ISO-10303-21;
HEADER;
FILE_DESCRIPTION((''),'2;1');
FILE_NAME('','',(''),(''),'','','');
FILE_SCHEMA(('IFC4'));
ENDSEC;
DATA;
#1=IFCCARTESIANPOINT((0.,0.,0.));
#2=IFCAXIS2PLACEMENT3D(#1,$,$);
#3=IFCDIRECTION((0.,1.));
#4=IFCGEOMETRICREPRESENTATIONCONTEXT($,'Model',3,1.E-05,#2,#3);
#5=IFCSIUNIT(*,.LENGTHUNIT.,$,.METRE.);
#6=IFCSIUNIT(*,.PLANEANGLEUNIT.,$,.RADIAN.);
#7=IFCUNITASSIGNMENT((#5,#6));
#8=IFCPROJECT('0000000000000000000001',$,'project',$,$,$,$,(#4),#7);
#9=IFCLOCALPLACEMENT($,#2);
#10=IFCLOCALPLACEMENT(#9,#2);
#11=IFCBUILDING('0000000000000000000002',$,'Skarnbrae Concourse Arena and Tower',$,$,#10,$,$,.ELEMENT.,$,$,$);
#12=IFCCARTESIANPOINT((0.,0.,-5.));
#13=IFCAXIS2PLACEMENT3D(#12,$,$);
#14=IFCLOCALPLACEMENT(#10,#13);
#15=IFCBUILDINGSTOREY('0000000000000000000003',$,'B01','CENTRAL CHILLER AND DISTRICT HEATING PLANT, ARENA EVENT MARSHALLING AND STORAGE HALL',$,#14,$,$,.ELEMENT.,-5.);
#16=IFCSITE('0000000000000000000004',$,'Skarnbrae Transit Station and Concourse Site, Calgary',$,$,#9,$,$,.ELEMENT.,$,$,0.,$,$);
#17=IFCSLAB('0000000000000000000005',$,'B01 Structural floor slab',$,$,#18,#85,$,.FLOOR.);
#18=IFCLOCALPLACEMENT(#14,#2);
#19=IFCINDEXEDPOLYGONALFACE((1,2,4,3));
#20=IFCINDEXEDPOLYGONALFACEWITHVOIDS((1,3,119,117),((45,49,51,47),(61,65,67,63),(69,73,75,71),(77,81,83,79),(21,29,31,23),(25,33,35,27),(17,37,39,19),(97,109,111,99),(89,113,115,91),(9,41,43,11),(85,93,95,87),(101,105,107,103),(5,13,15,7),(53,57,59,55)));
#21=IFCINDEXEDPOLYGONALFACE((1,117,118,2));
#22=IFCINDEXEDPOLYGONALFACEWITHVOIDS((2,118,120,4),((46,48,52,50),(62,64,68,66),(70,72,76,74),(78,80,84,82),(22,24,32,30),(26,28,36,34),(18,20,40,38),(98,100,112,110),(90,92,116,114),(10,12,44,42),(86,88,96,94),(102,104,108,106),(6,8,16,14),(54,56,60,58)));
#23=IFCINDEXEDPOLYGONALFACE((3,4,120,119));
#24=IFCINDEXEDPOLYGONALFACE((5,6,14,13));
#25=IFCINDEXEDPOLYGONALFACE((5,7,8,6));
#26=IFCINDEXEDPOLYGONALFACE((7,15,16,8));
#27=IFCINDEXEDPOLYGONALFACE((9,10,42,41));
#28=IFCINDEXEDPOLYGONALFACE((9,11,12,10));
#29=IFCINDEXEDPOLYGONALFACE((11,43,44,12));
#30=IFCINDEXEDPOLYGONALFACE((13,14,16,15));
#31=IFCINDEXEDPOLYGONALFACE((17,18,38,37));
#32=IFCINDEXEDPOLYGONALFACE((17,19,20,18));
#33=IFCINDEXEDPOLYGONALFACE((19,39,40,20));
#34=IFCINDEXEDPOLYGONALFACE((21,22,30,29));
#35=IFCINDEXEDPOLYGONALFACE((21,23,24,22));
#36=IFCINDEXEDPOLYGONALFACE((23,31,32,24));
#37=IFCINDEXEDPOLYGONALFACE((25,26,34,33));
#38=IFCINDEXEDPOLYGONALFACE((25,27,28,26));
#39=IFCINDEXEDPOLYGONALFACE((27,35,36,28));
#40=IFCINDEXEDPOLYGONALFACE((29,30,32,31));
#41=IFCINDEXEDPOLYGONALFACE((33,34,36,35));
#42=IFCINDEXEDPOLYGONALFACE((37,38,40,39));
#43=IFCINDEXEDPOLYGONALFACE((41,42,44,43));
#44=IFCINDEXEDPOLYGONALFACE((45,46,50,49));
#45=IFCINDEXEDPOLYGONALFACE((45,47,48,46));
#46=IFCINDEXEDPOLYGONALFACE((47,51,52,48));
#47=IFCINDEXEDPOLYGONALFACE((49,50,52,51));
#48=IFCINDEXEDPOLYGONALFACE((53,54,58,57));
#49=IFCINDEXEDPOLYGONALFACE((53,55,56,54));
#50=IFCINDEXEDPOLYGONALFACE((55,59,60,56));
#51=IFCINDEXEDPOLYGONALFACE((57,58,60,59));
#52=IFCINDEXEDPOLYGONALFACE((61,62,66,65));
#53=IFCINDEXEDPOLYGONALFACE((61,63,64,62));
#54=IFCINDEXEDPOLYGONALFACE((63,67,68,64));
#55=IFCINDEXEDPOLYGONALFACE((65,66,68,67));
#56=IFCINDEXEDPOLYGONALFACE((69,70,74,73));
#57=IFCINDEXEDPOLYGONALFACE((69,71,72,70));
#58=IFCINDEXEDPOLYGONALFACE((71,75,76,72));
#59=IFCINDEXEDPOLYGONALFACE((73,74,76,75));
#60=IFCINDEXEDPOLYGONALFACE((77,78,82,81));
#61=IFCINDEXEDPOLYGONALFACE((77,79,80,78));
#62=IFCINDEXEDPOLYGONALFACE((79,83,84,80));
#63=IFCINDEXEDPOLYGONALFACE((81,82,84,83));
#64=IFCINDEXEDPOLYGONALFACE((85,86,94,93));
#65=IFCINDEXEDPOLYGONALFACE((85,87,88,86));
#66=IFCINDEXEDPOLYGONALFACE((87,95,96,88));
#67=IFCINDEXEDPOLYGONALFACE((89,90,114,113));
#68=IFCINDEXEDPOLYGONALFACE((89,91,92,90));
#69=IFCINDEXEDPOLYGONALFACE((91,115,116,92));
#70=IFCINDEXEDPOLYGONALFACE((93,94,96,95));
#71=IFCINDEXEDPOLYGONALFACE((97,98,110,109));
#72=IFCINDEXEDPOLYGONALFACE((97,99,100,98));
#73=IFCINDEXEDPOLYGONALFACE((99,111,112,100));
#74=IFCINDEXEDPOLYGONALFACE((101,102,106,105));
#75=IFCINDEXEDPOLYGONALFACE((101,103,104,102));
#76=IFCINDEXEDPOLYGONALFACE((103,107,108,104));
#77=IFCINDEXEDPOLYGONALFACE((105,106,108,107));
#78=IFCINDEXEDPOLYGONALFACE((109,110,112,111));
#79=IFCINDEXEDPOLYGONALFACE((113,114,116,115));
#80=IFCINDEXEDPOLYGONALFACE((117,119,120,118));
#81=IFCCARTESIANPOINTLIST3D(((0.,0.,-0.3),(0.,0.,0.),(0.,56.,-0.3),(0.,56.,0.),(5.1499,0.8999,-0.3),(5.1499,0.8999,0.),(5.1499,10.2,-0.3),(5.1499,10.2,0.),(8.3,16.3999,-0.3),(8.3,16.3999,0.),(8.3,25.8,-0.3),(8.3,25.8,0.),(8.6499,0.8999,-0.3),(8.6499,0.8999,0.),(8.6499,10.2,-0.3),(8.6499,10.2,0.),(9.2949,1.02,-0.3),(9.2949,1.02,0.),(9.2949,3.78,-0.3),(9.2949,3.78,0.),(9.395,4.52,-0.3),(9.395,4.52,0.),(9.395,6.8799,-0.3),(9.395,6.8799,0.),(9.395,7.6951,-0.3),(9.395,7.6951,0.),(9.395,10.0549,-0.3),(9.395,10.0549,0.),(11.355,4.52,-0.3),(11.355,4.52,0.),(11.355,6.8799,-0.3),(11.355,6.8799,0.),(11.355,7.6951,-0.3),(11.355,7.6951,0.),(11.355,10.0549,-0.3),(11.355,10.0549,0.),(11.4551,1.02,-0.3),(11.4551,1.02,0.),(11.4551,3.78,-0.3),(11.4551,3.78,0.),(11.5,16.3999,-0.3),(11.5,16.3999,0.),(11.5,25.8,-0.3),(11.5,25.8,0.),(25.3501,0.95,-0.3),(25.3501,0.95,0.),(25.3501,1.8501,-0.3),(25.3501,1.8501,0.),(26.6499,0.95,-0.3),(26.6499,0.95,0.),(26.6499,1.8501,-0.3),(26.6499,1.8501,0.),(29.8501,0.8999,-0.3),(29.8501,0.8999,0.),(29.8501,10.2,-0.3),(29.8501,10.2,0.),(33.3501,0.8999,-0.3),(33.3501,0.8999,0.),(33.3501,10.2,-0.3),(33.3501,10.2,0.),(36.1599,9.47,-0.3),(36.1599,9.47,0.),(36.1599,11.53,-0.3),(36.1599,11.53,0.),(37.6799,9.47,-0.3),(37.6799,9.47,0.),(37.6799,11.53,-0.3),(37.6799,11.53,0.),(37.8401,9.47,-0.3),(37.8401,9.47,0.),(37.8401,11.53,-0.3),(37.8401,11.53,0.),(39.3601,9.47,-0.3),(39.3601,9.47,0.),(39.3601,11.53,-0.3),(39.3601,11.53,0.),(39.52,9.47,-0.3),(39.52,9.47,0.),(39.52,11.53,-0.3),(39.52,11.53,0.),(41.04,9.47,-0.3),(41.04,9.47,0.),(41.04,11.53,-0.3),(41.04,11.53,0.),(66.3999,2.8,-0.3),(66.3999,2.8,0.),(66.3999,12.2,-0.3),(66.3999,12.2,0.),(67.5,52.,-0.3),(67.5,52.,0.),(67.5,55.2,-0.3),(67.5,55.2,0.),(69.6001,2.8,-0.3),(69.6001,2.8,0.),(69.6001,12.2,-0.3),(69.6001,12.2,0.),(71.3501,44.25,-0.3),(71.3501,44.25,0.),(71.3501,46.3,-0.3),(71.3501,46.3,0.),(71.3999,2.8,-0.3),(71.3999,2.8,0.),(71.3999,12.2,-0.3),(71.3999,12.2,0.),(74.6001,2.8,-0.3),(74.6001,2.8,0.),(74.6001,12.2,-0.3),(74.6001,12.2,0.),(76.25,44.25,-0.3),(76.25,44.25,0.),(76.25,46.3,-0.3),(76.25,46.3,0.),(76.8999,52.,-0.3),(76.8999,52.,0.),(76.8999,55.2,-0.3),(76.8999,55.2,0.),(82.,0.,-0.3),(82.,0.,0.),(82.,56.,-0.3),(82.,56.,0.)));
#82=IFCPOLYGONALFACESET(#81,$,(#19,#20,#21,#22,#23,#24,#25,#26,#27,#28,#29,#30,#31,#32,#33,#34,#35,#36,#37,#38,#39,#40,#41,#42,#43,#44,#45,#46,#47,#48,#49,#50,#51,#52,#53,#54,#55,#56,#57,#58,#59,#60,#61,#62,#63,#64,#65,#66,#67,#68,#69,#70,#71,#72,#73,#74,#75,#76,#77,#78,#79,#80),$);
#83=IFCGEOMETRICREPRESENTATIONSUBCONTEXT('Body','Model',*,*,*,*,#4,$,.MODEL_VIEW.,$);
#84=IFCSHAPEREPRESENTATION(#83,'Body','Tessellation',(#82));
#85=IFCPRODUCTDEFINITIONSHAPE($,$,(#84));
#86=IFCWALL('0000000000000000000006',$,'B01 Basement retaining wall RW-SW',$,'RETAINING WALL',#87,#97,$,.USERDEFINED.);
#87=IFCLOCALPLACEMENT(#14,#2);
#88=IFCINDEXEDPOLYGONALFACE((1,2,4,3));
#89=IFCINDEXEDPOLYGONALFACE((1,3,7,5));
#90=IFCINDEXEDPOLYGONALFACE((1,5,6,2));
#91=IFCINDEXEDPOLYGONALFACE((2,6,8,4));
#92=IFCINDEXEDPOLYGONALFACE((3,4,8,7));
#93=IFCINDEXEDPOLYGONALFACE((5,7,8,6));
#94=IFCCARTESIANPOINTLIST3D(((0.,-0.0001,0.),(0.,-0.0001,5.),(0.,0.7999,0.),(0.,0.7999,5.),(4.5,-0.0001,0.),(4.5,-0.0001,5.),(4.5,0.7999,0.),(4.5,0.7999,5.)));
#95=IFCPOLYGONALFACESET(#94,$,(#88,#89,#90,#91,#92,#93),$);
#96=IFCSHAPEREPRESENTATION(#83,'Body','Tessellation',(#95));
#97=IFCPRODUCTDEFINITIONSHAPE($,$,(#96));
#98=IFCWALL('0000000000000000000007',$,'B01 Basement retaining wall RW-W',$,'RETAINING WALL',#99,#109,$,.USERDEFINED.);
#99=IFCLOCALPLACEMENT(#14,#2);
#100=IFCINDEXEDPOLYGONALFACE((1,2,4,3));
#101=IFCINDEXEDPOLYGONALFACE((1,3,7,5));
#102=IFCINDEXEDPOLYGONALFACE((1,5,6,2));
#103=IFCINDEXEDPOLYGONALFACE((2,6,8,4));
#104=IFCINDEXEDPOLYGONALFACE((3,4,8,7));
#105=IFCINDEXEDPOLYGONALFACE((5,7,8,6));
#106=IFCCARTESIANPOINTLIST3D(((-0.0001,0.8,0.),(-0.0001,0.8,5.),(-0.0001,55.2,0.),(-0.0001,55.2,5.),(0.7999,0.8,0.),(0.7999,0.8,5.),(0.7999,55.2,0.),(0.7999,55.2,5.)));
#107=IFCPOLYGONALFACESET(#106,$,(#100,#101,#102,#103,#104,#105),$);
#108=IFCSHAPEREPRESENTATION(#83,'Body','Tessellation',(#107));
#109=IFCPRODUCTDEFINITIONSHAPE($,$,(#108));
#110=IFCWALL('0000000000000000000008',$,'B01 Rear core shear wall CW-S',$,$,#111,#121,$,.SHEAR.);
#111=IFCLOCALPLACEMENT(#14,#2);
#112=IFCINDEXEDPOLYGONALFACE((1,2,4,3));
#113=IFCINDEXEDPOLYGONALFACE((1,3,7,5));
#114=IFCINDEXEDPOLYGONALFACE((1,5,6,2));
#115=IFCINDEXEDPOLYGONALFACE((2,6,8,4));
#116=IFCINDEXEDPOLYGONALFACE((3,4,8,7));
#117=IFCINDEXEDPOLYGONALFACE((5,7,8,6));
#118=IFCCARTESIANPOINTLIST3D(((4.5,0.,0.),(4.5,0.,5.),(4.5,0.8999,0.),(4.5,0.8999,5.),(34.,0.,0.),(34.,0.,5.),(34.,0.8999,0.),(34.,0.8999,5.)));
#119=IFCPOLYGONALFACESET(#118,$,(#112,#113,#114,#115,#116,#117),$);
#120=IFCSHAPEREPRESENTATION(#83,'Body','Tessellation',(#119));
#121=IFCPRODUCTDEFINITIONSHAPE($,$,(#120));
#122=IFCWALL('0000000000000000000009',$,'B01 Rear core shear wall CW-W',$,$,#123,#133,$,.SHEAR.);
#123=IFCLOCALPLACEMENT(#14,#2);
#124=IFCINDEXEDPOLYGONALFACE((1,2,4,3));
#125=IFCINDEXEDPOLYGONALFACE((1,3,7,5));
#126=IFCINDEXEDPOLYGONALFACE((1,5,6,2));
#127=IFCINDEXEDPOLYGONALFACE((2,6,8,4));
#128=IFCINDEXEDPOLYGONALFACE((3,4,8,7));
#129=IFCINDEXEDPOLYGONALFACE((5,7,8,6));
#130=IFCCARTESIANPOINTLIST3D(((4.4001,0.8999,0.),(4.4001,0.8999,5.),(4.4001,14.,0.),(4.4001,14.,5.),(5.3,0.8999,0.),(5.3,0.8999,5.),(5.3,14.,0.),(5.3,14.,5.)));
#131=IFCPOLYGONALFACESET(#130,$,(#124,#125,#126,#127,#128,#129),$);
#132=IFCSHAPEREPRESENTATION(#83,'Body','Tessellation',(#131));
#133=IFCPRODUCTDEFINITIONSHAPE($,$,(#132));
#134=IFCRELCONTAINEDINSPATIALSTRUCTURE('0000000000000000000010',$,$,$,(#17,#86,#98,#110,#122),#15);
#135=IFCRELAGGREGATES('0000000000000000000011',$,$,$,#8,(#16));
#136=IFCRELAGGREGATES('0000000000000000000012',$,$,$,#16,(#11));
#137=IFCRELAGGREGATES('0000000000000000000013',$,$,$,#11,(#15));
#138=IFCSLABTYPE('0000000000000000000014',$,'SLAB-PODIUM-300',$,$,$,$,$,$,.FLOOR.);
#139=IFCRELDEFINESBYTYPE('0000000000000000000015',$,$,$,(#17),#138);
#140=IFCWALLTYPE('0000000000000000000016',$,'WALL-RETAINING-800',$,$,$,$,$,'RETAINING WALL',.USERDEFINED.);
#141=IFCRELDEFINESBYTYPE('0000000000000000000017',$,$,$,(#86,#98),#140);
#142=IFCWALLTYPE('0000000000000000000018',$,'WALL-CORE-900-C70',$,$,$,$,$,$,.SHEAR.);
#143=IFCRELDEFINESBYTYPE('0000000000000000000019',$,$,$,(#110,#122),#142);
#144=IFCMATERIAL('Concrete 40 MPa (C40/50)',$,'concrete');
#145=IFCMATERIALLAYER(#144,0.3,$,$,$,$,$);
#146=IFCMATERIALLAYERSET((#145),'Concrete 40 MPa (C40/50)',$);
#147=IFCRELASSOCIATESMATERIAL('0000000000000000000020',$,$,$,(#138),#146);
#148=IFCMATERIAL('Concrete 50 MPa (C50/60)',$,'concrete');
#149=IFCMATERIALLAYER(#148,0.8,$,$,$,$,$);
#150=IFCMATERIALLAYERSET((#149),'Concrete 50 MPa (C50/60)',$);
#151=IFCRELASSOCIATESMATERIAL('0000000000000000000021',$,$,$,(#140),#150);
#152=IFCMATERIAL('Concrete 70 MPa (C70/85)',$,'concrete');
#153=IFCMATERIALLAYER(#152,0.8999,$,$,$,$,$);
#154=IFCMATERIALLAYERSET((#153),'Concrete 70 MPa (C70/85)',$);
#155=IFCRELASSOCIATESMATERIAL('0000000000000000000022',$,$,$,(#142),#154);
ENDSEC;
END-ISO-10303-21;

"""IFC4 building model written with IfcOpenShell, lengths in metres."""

from ifc_helpers import new_model, si_unit, direction, frame, frame_2d, origin, place, context, subcontext, project, spatial, polyline, rectangle, outline, extrude, source, transform, mapped, material, layer, layer_set, type_object, element, save


model = new_model("IFC4")

# Units and contexts
model_context = context("Model", 3, precision=1e-05, world=origin(), true_north=direction((0.0, 1.0)))
body_context = subcontext(model_context, "Body", "Model", "MODEL_VIEW")
ifc_project = project(units=[si_unit("LENGTHUNIT", "METRE"), si_unit("PLANEANGLEUNIT", "RADIAN")], contexts=[model_context])

# Site, building, storey
site_placement = place(None, origin())
site = spatial("IfcSite", under=ifc_project, at=site_placement, Name="Skarnbrae Transit Station and Concourse Site, Calgary", CompositionType="ELEMENT", RefElevation=0.0)
building_placement = place(site_placement, origin())
building = spatial("IfcBuilding", under=site, at=building_placement, Name="Skarnbrae Concourse Arena and Tower", CompositionType="ELEMENT")
storey_placement = place(building_placement, frame((0.0, 0.0, -5.0)))
storey = spatial("IfcBuildingStorey", under=building, at=storey_placement, Name="B01", Description="CENTRAL CHILLER AND DISTRICT HEATING PLANT, ARENA EVENT MARSHALLING AND STORAGE HALL", CompositionType="ELEMENT", Elevation=-5.0)

# Shared definitions
ifc_material_1 = material(Name="Concrete 40 MPa (C40/50)", Category="concrete")

# Slab
ifc_layer_1 = layer(ifc_material_1, 0.3)
ifc_layer_set_1 = layer_set([ifc_layer_1], Name="Concrete 40 MPa (C40/50)")
slab_type_1 = type_object("IfcSlabType", Name="SLAB-PODIUM-300", PredefinedType="FLOOR", material=ifc_layer_set_1)
slab_1_placement = place(storey_placement, frame((0.0, 0.0, -0.3)))
element("IfcSlab", 1, at=slab_1_placement, inside=storey, type_object=slab_type_1, Name="B01 Structural floor slab", PredefinedType="FLOOR", context=body_context, shape_type="SweptSolid", body=[
    extrude(outline(polyline([(0.0, 0.0), (82.0, 0.0), (82.0, 56.0), (0.0, 56.0), (0.0, 0.0)]), holes=[polyline([(25.3501, 0.95), (25.3501, 1.8501), (26.6499, 1.8501), (26.6499, 0.95), (25.3501, 0.95)]), polyline([(9.2949, 3.78), (11.4551, 3.78), (11.4551, 1.02), (9.2949, 1.02), (9.2949, 3.78)]), polyline([(8.6499, 10.2), (8.6499, 0.8999), (5.1499, 0.8999), (5.1499, 10.2), (8.6499, 10.2)]), polyline([(33.3501, 10.2), (33.3501, 0.8999), (29.8501, 0.8999), (29.8501, 10.2), (33.3501, 10.2)]), polyline([(9.395, 6.8799), (11.355, 6.8799), (11.355, 4.52), (9.395, 4.52), (9.395, 6.8799)]), polyline([(9.395, 10.0549), (11.355, 10.0549), (11.355, 7.6951), (9.395, 7.6951), (9.395, 10.0549)]), polyline([(8.3, 16.3999), (8.3, 25.8), (11.5, 25.8), (11.5, 16.3999), (8.3, 16.3999)]), polyline([(69.6001, 2.8), (66.3999, 2.8), (66.3999, 12.2), (69.6001, 12.2), (69.6001, 2.8)]), polyline([(71.3999, 2.8), (71.3999, 12.2), (74.6001, 12.2), (74.6001, 2.8), (71.3999, 2.8)]), polyline([(36.1599, 11.53), (37.6799, 11.53), (37.6799, 9.47), (36.1599, 9.47), (36.1599, 11.53)]), polyline([(37.8401, 11.53), (39.3601, 11.53), (39.3601, 9.47), (37.8401, 9.47), (37.8401, 11.53)]), polyline([(39.52, 11.53), (41.04, 11.53), (41.04, 9.47), (39.52, 9.47), (39.52, 11.53)]), polyline([(71.3501, 46.3), (76.25, 46.3), (76.25, 44.25), (71.3501, 44.25), (71.3501, 46.3)]), polyline([(67.5, 55.2), (76.8999, 55.2), (76.8999, 52.0), (67.5, 52.0), (67.5, 55.2)])]), origin(), (0.0, 0.0, 1.0), 0.3),
])

# Walls
ifc_material_2 = material(Name="Concrete 50 MPa (C50/60)", Category="concrete")
ifc_layer_2 = layer(ifc_material_2, 0.8)
ifc_layer_set_2 = layer_set([ifc_layer_2], Name="Concrete 50 MPa (C50/60)")
wall_type_1 = type_object("IfcWallType", Name="WALL-RETAINING-800", ElementType="RETAINING WALL", PredefinedType="USERDEFINED", material=ifc_layer_set_2)
shared_shape_1 = source(origin(), body_context, "Body", "SweptSolid", [
    extrude(rectangle(XDim=4.5, YDim=0.8, at=frame_2d((2.25, 0.0))), origin(), (0.0, 0.0, 1.0), 5.0),
])
wall_1_placement = place(storey_placement, frame((0.0, 0.3999, 0.0), z_axis=(0.0, 0.0, 1.0), x_axis=(1.0, 0.0, 0.0)))
element("IfcWall", 2, at=wall_1_placement, inside=storey, type_object=wall_type_1, Name="B01 Basement retaining wall RW-SW", ObjectType="RETAINING WALL", PredefinedType="USERDEFINED", context=body_context, shape_type="MappedRepresentation", body=[
    mapped(shared_shape_1, transform((0.0, 0.0, 0.0))),
])
shared_shape_2 = source(origin(), body_context, "Body", "SweptSolid", [
    extrude(rectangle(XDim=54.3999, YDim=0.8, at=frame_2d((27.2, 0.0))), origin(), (0.0, 0.0, 1.0), 5.0),
])
wall_2_placement = place(storey_placement, frame((0.3999, 0.8, 0.0), z_axis=(0.0, 0.0, 1.0), x_axis=(0.0, 1.0, 0.0)))
element("IfcWall", 3, at=wall_2_placement, inside=storey, type_object=wall_type_1, Name="B01 Basement retaining wall RW-W", ObjectType="RETAINING WALL", PredefinedType="USERDEFINED", context=body_context, shape_type="MappedRepresentation", body=[
    mapped(shared_shape_2, transform((0.0, 0.0, 0.0))),
])
ifc_material_3 = material(Name="Concrete 70 MPa (C70/85)", Category="concrete")
ifc_layer_3 = layer(ifc_material_3, 0.8999)
ifc_layer_set_3 = layer_set([ifc_layer_3], Name="Concrete 70 MPa (C70/85)")
wall_type_2 = type_object("IfcWallType", Name="WALL-CORE-900-C70", PredefinedType="SHEAR", material=ifc_layer_set_3)
shared_shape_3 = source(origin(), body_context, "Body", "SweptSolid", [
    extrude(rectangle(XDim=29.5, YDim=0.8999, at=frame_2d((14.75, 0.0))), origin(), (0.0, 0.0, 1.0), 5.0),
])
wall_3_placement = place(storey_placement, frame((4.5, 0.45, 0.0), z_axis=(0.0, 0.0, 1.0), x_axis=(1.0, 0.0, 0.0)))
element("IfcWall", 4, at=wall_3_placement, inside=storey, type_object=wall_type_2, Name="B01 Rear core shear wall CW-S", PredefinedType="SHEAR", context=body_context, shape_type="MappedRepresentation", body=[
    mapped(shared_shape_3, transform((0.0, 0.0, 0.0))),
])
shared_shape_4 = source(origin(), body_context, "Body", "SweptSolid", [
    extrude(rectangle(XDim=13.1001, YDim=0.8999, at=frame_2d((6.55, 0.0))), origin(), (0.0, 0.0, 1.0), 5.0),
])
wall_4_placement = place(storey_placement, frame((4.8501, 0.8999, 0.0), z_axis=(0.0, 0.0, 1.0), x_axis=(0.0, 1.0, 0.0)))
element("IfcWall", 5, at=wall_4_placement, inside=storey, type_object=wall_type_2, Name="B01 Rear core shear wall CW-W", PredefinedType="SHEAR", context=body_context, shape_type="MappedRepresentation", body=[
    mapped(shared_shape_4, transform((0.0, 0.0, 0.0))),
])

save(model, "model.ifc")
